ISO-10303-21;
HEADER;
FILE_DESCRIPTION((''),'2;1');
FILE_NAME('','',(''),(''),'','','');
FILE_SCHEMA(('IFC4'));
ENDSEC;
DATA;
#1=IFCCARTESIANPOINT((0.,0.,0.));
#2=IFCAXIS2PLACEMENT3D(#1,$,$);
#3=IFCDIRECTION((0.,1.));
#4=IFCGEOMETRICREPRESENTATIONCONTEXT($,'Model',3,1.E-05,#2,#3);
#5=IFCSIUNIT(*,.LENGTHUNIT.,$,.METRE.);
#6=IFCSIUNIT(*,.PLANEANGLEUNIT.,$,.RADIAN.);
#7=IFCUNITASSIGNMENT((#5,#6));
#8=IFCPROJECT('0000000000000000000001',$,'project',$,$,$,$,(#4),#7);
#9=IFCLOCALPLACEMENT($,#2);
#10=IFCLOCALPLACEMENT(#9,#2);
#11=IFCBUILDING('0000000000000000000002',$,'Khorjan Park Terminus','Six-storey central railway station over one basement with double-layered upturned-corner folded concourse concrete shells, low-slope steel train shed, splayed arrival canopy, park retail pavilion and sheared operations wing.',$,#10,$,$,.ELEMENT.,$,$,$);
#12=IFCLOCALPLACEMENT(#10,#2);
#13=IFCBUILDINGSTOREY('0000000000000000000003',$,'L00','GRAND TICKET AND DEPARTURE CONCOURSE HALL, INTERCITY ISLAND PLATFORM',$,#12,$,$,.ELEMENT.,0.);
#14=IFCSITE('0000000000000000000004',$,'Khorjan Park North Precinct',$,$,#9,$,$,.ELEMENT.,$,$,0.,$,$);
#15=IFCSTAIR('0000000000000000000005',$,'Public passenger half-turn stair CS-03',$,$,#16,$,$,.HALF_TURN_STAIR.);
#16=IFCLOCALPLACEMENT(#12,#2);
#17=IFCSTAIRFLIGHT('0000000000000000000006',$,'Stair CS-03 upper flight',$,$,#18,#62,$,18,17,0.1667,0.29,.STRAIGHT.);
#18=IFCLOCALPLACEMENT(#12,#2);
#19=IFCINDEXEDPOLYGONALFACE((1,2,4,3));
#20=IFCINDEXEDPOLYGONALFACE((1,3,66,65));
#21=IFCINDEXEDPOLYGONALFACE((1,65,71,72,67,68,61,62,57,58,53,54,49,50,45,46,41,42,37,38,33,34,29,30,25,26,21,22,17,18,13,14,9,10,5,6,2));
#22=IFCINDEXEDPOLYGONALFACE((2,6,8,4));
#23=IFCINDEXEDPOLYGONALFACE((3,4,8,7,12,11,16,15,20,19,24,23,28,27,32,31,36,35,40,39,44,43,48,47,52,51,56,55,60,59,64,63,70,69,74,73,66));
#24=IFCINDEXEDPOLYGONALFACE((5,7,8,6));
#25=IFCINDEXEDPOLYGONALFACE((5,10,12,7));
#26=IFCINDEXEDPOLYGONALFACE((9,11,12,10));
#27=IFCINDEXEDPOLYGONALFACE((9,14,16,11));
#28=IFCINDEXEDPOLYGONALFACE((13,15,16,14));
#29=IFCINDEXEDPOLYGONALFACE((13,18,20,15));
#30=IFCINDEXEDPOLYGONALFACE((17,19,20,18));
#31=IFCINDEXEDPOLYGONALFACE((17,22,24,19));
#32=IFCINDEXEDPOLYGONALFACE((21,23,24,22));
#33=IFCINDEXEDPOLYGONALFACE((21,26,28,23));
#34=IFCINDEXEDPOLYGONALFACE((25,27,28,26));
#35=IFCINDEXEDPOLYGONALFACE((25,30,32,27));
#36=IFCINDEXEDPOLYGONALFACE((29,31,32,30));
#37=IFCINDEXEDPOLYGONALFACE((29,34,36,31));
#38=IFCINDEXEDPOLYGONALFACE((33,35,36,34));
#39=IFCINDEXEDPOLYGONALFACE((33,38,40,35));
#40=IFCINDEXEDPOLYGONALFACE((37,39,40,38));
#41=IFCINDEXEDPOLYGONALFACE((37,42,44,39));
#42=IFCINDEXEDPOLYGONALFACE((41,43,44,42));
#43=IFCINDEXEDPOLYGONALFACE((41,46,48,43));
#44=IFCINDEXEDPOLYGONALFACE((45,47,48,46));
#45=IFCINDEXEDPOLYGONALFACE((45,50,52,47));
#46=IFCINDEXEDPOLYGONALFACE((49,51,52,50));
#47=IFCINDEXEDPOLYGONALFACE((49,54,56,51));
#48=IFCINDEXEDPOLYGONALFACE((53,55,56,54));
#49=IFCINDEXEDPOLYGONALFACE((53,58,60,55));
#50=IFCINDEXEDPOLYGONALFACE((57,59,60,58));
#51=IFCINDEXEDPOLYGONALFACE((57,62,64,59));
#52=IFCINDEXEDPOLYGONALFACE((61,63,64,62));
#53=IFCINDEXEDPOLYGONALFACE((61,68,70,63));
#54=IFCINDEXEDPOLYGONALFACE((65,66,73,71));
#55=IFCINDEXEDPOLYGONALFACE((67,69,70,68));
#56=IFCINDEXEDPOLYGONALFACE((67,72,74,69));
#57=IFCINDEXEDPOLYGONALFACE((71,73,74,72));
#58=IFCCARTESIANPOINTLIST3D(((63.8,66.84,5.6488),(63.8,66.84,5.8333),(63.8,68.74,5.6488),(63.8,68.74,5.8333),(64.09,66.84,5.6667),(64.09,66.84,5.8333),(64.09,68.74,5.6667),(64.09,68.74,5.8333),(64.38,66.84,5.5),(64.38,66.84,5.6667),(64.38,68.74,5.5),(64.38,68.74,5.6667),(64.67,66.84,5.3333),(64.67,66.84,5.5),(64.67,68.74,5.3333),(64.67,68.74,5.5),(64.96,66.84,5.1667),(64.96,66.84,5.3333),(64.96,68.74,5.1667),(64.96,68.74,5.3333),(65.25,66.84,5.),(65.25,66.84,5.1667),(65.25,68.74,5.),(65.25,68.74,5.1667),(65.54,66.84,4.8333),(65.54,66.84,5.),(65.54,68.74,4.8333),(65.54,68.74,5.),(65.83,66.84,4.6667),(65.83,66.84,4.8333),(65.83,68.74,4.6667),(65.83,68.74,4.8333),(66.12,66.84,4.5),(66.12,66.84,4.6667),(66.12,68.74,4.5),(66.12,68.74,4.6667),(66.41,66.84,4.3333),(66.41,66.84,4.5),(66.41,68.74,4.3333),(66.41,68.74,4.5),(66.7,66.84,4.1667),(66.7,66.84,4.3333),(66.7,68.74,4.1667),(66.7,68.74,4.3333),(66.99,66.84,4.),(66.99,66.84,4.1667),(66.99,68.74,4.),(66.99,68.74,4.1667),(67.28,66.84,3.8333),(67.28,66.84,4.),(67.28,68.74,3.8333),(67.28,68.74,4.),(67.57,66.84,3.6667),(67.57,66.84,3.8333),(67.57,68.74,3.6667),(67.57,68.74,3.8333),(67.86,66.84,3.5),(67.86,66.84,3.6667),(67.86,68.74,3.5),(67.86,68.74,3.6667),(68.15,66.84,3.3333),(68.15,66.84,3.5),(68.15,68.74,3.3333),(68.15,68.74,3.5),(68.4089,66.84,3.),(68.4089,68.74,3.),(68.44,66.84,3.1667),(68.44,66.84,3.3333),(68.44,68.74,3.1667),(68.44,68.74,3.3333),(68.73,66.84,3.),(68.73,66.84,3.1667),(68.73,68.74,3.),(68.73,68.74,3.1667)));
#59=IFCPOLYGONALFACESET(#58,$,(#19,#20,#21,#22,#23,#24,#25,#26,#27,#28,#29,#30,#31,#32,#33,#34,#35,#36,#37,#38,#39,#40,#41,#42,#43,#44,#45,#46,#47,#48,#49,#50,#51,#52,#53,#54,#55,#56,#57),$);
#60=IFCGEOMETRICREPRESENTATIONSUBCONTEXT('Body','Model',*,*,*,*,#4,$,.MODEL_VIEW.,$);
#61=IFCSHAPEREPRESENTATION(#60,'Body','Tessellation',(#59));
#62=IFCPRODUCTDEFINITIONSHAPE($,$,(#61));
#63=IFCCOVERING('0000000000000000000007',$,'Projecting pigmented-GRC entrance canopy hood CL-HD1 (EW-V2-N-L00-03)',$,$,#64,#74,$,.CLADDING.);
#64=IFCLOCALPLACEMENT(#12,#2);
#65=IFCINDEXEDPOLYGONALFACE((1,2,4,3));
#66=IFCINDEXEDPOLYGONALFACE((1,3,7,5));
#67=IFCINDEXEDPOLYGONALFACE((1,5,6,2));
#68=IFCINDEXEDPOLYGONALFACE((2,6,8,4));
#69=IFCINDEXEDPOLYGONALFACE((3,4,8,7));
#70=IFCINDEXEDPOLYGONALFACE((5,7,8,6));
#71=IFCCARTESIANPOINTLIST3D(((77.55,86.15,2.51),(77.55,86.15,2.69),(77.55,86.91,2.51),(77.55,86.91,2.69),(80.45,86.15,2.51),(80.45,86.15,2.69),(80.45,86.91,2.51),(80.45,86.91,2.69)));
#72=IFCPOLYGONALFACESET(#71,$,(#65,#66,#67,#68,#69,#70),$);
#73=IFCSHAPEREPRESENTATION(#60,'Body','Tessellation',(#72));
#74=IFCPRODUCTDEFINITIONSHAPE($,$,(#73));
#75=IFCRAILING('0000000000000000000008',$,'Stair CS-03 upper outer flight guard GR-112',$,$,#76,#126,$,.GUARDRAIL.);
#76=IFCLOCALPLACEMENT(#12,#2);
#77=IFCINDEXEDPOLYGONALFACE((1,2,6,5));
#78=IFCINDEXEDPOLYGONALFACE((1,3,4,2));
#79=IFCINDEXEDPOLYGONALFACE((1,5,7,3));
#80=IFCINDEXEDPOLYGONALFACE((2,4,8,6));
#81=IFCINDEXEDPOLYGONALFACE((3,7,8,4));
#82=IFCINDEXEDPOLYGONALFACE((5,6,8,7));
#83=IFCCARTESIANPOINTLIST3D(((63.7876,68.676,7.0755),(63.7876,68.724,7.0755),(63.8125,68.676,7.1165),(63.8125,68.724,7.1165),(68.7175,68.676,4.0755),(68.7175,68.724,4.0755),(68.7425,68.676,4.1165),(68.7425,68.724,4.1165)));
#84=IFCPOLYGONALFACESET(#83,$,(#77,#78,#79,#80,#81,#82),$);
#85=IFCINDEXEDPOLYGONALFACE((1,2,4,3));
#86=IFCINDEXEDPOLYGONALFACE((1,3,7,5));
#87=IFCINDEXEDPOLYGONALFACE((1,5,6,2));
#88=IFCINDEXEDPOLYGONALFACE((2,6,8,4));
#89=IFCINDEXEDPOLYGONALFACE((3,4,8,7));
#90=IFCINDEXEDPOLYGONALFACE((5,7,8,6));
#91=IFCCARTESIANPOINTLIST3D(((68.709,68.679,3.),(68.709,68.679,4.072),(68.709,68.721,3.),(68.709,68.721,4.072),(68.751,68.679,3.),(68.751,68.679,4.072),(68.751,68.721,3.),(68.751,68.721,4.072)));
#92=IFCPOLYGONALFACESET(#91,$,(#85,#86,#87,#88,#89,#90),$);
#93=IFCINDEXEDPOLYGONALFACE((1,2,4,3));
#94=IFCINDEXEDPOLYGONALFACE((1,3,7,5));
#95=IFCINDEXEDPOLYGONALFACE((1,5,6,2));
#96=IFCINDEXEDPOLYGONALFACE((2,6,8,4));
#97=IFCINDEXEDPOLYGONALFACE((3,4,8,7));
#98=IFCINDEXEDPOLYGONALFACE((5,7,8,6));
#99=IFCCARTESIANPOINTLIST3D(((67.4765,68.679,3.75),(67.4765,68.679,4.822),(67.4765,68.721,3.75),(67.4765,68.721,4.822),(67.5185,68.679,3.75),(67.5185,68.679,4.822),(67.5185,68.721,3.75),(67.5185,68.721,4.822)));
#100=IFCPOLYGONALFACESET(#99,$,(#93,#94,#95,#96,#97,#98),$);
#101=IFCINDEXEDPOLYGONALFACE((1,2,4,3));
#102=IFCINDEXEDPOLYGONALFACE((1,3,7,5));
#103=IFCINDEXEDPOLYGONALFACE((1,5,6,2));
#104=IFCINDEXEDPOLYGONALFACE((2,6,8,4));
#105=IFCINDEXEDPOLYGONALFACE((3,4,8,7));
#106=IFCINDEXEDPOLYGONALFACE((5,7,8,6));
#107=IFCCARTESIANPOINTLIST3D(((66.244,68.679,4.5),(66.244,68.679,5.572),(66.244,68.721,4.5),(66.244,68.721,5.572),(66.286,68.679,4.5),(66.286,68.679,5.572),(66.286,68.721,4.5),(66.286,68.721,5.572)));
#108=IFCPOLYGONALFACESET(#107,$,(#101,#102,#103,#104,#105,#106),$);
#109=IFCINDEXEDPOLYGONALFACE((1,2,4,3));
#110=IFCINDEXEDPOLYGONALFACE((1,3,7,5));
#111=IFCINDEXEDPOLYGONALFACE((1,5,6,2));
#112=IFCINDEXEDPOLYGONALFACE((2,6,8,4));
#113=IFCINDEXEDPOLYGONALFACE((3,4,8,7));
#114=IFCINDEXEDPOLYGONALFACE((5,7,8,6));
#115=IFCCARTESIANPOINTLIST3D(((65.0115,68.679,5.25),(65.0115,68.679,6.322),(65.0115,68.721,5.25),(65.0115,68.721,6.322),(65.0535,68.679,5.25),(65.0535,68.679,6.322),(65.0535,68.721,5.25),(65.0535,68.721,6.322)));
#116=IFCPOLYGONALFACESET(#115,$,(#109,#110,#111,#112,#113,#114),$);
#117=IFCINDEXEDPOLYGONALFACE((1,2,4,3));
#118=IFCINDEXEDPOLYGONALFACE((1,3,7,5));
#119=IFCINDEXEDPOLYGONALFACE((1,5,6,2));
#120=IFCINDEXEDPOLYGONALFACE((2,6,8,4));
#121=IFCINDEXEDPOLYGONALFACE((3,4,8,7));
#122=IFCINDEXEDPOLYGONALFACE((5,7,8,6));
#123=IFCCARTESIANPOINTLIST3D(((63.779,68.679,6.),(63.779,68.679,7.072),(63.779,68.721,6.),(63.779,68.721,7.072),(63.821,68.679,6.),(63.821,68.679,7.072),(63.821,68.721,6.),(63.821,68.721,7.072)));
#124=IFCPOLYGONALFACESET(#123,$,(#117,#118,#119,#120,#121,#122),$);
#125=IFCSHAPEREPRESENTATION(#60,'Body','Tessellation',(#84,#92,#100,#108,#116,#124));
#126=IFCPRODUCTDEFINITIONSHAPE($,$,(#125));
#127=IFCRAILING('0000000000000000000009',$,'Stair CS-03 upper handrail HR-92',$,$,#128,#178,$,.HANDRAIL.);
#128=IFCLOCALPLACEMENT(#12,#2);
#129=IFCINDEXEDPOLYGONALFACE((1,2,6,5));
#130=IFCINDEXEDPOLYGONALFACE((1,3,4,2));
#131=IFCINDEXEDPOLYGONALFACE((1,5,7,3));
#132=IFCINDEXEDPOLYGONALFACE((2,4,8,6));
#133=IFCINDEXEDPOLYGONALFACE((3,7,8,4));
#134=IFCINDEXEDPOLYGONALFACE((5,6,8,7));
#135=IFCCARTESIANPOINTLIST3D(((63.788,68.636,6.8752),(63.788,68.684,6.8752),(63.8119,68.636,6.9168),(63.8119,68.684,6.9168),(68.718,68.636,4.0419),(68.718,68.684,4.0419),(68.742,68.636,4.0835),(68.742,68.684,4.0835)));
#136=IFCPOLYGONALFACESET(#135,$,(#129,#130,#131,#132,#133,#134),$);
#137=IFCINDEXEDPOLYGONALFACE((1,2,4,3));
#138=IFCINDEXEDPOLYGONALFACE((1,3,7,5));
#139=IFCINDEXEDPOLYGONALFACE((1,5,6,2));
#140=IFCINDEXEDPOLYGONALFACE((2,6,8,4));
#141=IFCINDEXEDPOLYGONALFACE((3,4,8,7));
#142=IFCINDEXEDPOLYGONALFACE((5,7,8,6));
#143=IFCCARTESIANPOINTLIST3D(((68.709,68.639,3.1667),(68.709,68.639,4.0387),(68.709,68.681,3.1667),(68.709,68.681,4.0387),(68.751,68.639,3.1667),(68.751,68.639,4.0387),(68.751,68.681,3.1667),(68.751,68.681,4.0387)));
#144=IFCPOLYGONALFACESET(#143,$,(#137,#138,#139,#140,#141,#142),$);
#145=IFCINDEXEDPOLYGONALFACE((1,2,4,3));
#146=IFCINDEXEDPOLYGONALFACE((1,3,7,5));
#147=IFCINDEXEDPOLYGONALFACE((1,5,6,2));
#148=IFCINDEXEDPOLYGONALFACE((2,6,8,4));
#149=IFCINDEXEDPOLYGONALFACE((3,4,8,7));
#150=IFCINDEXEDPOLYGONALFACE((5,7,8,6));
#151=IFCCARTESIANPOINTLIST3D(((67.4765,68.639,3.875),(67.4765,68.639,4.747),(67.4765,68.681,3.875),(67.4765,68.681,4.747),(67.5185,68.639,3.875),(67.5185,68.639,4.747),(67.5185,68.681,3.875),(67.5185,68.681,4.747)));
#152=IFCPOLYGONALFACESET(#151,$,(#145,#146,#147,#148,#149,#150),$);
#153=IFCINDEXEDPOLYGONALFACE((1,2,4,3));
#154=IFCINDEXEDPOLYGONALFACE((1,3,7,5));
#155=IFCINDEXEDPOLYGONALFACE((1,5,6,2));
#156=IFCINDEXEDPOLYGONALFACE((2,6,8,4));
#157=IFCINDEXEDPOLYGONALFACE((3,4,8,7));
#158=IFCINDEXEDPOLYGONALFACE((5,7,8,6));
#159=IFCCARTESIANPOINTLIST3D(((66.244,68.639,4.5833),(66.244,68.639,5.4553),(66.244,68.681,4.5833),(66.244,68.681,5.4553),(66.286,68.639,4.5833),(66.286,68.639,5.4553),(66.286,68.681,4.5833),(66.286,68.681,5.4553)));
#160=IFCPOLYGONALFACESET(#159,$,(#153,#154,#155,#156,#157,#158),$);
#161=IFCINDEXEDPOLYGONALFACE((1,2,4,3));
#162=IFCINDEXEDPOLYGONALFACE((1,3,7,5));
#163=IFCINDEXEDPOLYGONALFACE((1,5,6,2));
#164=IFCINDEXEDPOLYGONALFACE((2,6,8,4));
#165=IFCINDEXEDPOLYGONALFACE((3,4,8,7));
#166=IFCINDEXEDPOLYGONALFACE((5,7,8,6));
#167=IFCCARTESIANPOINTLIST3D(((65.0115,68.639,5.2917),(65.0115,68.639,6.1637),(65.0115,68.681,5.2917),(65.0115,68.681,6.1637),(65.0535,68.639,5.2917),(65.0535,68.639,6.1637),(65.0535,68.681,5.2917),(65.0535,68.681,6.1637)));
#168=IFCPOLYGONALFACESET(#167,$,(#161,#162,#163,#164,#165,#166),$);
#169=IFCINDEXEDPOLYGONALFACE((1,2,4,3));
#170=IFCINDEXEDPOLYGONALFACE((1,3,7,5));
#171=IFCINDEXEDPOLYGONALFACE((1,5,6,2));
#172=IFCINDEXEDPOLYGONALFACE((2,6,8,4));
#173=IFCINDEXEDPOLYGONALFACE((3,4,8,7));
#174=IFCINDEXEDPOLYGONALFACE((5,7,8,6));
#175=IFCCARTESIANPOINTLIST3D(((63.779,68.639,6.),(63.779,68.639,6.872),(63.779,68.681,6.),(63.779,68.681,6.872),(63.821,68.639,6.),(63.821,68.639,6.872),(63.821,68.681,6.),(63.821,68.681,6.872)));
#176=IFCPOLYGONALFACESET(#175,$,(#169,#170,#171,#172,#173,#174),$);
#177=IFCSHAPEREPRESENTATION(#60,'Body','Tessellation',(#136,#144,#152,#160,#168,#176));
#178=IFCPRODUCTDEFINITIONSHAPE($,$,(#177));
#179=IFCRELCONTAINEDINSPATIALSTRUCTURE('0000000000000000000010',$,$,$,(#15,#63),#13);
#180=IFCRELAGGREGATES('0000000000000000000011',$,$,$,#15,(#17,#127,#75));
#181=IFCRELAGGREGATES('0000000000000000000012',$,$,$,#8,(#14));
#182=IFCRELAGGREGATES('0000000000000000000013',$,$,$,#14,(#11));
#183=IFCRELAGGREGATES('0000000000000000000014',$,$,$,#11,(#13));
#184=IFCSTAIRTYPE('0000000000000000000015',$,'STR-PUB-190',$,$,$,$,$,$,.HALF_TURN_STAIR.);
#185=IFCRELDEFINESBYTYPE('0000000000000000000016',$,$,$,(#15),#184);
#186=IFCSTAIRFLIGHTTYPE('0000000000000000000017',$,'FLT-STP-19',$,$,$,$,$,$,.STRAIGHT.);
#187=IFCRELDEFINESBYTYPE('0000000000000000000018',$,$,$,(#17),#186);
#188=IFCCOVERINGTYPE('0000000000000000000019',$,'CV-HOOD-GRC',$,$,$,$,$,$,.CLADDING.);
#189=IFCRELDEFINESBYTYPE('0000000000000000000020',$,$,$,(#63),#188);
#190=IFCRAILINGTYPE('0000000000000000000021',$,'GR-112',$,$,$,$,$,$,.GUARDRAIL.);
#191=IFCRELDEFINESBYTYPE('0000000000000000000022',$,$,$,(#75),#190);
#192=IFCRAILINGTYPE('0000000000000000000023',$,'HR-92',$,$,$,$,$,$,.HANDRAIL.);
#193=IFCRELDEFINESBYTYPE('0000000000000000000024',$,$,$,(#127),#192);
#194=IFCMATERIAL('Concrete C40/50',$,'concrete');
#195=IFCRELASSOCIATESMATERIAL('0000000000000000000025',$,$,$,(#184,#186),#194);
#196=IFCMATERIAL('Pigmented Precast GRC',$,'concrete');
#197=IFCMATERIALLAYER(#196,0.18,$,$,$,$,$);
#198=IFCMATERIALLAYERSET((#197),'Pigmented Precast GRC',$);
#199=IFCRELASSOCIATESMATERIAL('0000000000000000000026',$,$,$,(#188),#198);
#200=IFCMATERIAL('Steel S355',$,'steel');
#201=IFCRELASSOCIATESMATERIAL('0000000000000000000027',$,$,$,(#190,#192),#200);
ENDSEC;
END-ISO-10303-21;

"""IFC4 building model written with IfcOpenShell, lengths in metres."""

from ifc_helpers import new_model, si_unit, direction, frame, origin, origin_2d, place, context, subcontext, project, spatial, polyline, rectangle, outline, extrude, material, layer, layer_set, type_object, element, aggregate, save


model = new_model("IFC4")

# Units and contexts
model_context = context("Model", 3, precision=1e-05, world=origin(), true_north=direction((0.0, 1.0)))
body_context = subcontext(model_context, "Body", "Model", "MODEL_VIEW")
ifc_project = project(units=[si_unit("LENGTHUNIT", "METRE"), si_unit("PLANEANGLEUNIT", "RADIAN")], contexts=[model_context])

# Site, building, storey
site_placement = place(None, origin())
site = spatial("IfcSite", under=ifc_project, at=site_placement, Name="Khorjan Park North Precinct", CompositionType="ELEMENT", RefElevation=0.0)
building_placement = place(site_placement, origin())
building = spatial("IfcBuilding", under=site, at=building_placement, Name="Khorjan Park Terminus", Description="Six-storey central railway station over one basement with double-layered upturned-corner folded concourse concrete shells, low-slope steel train shed, splayed arrival canopy, park retail pavilion and sheared operations wing.", CompositionType="ELEMENT")
storey_placement = place(building_placement, origin())
storey = spatial("IfcBuildingStorey", under=building, at=storey_placement, Name="L00", Description="GRAND TICKET AND DEPARTURE CONCOURSE HALL, INTERCITY ISLAND PLATFORM", CompositionType="ELEMENT", Elevation=0.0)

# Shared definitions
ifc_material_1 = material(Name="Steel S355", Category="steel")

# Shared definitions
ifc_material_2 = material(Name="Concrete C40/50", Category="concrete")

# Stair, stair flight
stair_type = type_object("IfcStairType", Name="STR-PUB-190", PredefinedType="HALF_TURN_STAIR", material=ifc_material_2)
stair_placement = place(storey_placement, origin())
stair = element("IfcStair", 1, at=stair_placement, inside=storey, type_object=stair_type, Name="Public passenger half-turn stair CS-03", PredefinedType="HALF_TURN_STAIR")
stair_flight_type = type_object("IfcStairFlightType", Name="FLT-STP-19", PredefinedType="STRAIGHT", material=ifc_material_2)
stair_flight_placement = place(storey_placement, frame((68.73, 67.79, 3.0), z_axis=(0.0, 0.0, 1.0), x_axis=(-1.0, 0.0, 0.0)))
stair_flight = element("IfcStairFlight", 2, at=stair_flight_placement, type_object=stair_flight_type, Name="Stair CS-03 upper flight", NumberOfRisers=18, NumberOfTreads=17, PredefinedType="STRAIGHT", RiserHeight=0.1667, TreadLength=0.29, context=body_context, shape_type="SweptSolid", body=[
    extrude(outline(polyline([(0.0, 0.0), (0.0, 0.1667), (0.29, 0.1667), (0.29, 0.3333), (0.58, 0.3333), (0.58, 0.5), (0.87, 0.5), (0.87, 0.6667), (1.16, 0.6667), (1.16, 0.8333), (1.45, 0.8333), (1.45, 1.0), (1.74, 1.0), (1.74, 1.1667), (2.03, 1.1667), (2.03, 1.3333), (2.32, 1.3333), (2.32, 1.5), (2.61, 1.5), (2.61, 1.6667), (2.9, 1.6667), (2.9, 1.8333), (3.19, 1.8333), (3.19, 2.0), (3.48, 2.0), (3.48, 2.1667), (3.77, 2.1667), (3.77, 2.3333), (4.06, 2.3333), (4.06, 2.5), (4.35, 2.5), (4.35, 2.6667), (4.64, 2.6667), (4.64, 2.8333), (4.93, 2.8333), (4.93, 3.0), (4.93, 2.6488), (0.3211, 0.0), (0.0, 0.0)])), frame((0.0, 0.95, 0.0), z_axis=(0.0, -1.0, 0.0), x_axis=(1.0, 0.0, 0.0)), (0.0, 0.0, 1.0), 1.9),
])

# Covering
ifc_material_3 = material(Name="Pigmented Precast GRC", Category="concrete")
ifc_layer_1 = layer(ifc_material_3, 0.18)
ifc_layer_set_1 = layer_set([ifc_layer_1], Name="Pigmented Precast GRC")
covering_type = type_object("IfcCoveringType", Name="CV-HOOD-GRC", PredefinedType="CLADDING", material=ifc_layer_set_1)
covering_placement = place(storey_placement, frame((79.0, 86.53, 2.51), z_axis=(0.0, 0.0, 1.0), x_axis=(-1.0, 0.0, 0.0)))
element("IfcCovering", 3, at=covering_placement, inside=storey, type_object=covering_type, Name="Projecting pigmented-GRC entrance canopy hood CL-HD1 (EW-V2-N-L00-03)", PredefinedType="CLADDING", context=body_context, shape_type="SweptSolid", body=[
    extrude(rectangle(XDim=2.9, YDim=0.76, at=origin_2d()), origin(), (0.0, 0.0, 1.0), 0.18),
])

# Railings
railing_type_1 = type_object("IfcRailingType", Name="GR-112", PredefinedType="GUARDRAIL", material=ifc_material_1)
railing_1_placement = place(storey_placement, frame((68.73, 68.7, 3.0)))
railing_1 = element("IfcRailing", 4, at=railing_1_placement, type_object=railing_type_1, Name="Stair CS-03 upper outer flight guard GR-112", PredefinedType="GUARDRAIL", context=body_context, shape_type="SweptSolid", body=[
    extrude(rectangle(XDim=0.048, YDim=0.048, at=origin_2d()), frame((0.0, 0.0, 1.096), z_axis=(-0.854265, 0.0, 0.519837), x_axis=(0.0, -1.0, 0.0)), (0.0, 0.0, 1.0), 5.771),
    extrude(rectangle(XDim=0.042, YDim=0.042, at=origin_2d()), origin(), (0.0, 0.0, 1.0), 1.072),
    extrude(rectangle(XDim=0.042, YDim=0.042, at=origin_2d()), frame((-1.2325, 0.0, 0.75)), (0.0, 0.0, 1.0), 1.072),
    extrude(rectangle(XDim=0.042, YDim=0.042, at=origin_2d()), frame((-2.465, 0.0, 1.5)), (0.0, 0.0, 1.0), 1.072),
    extrude(rectangle(XDim=0.042, YDim=0.042, at=origin_2d()), frame((-3.6975, 0.0, 2.25)), (0.0, 0.0, 1.0), 1.072),
    extrude(rectangle(XDim=0.042, YDim=0.042, at=origin_2d()), frame((-4.93, 0.0, 3.0)), (0.0, 0.0, 1.0), 1.072),
])
railing_type_2 = type_object("IfcRailingType", Name="HR-92", PredefinedType="HANDRAIL", material=ifc_material_1)
railing_2_placement = place(storey_placement, frame((68.73, 68.66, 3.1667)))
railing_2 = element("IfcRailing", 5, at=railing_2_placement, type_object=railing_type_2, Name="Stair CS-03 upper handrail HR-92", PredefinedType="HANDRAIL", context=body_context, shape_type="SweptSolid", body=[
    extrude(rectangle(XDim=0.048, YDim=0.048, at=origin_2d()), frame((0.0, 0.0, 0.896), z_axis=(-0.867016, 0.0, 0.498279), x_axis=(0.0, -1.0, 0.0)), (0.0, 0.0, 1.0), 5.6862),
    extrude(rectangle(XDim=0.042, YDim=0.042, at=origin_2d()), origin(), (0.0, 0.0, 1.0), 0.872),
    extrude(rectangle(XDim=0.042, YDim=0.042, at=origin_2d()), frame((-1.2325, 0.0, 0.7083)), (0.0, 0.0, 1.0), 0.872),
    extrude(rectangle(XDim=0.042, YDim=0.042, at=origin_2d()), frame((-2.465, 0.0, 1.4166)), (0.0, 0.0, 1.0), 0.872),
    extrude(rectangle(XDim=0.042, YDim=0.042, at=origin_2d()), frame((-3.6975, 0.0, 2.125)), (0.0, 0.0, 1.0), 0.872),
    extrude(rectangle(XDim=0.042, YDim=0.042, at=origin_2d()), frame((-4.93, 0.0, 2.8333)), (0.0, 0.0, 1.0), 0.872),
])
aggregate(stair, [stair_flight, railing_2, railing_1])

save(model, "model.ifc")
